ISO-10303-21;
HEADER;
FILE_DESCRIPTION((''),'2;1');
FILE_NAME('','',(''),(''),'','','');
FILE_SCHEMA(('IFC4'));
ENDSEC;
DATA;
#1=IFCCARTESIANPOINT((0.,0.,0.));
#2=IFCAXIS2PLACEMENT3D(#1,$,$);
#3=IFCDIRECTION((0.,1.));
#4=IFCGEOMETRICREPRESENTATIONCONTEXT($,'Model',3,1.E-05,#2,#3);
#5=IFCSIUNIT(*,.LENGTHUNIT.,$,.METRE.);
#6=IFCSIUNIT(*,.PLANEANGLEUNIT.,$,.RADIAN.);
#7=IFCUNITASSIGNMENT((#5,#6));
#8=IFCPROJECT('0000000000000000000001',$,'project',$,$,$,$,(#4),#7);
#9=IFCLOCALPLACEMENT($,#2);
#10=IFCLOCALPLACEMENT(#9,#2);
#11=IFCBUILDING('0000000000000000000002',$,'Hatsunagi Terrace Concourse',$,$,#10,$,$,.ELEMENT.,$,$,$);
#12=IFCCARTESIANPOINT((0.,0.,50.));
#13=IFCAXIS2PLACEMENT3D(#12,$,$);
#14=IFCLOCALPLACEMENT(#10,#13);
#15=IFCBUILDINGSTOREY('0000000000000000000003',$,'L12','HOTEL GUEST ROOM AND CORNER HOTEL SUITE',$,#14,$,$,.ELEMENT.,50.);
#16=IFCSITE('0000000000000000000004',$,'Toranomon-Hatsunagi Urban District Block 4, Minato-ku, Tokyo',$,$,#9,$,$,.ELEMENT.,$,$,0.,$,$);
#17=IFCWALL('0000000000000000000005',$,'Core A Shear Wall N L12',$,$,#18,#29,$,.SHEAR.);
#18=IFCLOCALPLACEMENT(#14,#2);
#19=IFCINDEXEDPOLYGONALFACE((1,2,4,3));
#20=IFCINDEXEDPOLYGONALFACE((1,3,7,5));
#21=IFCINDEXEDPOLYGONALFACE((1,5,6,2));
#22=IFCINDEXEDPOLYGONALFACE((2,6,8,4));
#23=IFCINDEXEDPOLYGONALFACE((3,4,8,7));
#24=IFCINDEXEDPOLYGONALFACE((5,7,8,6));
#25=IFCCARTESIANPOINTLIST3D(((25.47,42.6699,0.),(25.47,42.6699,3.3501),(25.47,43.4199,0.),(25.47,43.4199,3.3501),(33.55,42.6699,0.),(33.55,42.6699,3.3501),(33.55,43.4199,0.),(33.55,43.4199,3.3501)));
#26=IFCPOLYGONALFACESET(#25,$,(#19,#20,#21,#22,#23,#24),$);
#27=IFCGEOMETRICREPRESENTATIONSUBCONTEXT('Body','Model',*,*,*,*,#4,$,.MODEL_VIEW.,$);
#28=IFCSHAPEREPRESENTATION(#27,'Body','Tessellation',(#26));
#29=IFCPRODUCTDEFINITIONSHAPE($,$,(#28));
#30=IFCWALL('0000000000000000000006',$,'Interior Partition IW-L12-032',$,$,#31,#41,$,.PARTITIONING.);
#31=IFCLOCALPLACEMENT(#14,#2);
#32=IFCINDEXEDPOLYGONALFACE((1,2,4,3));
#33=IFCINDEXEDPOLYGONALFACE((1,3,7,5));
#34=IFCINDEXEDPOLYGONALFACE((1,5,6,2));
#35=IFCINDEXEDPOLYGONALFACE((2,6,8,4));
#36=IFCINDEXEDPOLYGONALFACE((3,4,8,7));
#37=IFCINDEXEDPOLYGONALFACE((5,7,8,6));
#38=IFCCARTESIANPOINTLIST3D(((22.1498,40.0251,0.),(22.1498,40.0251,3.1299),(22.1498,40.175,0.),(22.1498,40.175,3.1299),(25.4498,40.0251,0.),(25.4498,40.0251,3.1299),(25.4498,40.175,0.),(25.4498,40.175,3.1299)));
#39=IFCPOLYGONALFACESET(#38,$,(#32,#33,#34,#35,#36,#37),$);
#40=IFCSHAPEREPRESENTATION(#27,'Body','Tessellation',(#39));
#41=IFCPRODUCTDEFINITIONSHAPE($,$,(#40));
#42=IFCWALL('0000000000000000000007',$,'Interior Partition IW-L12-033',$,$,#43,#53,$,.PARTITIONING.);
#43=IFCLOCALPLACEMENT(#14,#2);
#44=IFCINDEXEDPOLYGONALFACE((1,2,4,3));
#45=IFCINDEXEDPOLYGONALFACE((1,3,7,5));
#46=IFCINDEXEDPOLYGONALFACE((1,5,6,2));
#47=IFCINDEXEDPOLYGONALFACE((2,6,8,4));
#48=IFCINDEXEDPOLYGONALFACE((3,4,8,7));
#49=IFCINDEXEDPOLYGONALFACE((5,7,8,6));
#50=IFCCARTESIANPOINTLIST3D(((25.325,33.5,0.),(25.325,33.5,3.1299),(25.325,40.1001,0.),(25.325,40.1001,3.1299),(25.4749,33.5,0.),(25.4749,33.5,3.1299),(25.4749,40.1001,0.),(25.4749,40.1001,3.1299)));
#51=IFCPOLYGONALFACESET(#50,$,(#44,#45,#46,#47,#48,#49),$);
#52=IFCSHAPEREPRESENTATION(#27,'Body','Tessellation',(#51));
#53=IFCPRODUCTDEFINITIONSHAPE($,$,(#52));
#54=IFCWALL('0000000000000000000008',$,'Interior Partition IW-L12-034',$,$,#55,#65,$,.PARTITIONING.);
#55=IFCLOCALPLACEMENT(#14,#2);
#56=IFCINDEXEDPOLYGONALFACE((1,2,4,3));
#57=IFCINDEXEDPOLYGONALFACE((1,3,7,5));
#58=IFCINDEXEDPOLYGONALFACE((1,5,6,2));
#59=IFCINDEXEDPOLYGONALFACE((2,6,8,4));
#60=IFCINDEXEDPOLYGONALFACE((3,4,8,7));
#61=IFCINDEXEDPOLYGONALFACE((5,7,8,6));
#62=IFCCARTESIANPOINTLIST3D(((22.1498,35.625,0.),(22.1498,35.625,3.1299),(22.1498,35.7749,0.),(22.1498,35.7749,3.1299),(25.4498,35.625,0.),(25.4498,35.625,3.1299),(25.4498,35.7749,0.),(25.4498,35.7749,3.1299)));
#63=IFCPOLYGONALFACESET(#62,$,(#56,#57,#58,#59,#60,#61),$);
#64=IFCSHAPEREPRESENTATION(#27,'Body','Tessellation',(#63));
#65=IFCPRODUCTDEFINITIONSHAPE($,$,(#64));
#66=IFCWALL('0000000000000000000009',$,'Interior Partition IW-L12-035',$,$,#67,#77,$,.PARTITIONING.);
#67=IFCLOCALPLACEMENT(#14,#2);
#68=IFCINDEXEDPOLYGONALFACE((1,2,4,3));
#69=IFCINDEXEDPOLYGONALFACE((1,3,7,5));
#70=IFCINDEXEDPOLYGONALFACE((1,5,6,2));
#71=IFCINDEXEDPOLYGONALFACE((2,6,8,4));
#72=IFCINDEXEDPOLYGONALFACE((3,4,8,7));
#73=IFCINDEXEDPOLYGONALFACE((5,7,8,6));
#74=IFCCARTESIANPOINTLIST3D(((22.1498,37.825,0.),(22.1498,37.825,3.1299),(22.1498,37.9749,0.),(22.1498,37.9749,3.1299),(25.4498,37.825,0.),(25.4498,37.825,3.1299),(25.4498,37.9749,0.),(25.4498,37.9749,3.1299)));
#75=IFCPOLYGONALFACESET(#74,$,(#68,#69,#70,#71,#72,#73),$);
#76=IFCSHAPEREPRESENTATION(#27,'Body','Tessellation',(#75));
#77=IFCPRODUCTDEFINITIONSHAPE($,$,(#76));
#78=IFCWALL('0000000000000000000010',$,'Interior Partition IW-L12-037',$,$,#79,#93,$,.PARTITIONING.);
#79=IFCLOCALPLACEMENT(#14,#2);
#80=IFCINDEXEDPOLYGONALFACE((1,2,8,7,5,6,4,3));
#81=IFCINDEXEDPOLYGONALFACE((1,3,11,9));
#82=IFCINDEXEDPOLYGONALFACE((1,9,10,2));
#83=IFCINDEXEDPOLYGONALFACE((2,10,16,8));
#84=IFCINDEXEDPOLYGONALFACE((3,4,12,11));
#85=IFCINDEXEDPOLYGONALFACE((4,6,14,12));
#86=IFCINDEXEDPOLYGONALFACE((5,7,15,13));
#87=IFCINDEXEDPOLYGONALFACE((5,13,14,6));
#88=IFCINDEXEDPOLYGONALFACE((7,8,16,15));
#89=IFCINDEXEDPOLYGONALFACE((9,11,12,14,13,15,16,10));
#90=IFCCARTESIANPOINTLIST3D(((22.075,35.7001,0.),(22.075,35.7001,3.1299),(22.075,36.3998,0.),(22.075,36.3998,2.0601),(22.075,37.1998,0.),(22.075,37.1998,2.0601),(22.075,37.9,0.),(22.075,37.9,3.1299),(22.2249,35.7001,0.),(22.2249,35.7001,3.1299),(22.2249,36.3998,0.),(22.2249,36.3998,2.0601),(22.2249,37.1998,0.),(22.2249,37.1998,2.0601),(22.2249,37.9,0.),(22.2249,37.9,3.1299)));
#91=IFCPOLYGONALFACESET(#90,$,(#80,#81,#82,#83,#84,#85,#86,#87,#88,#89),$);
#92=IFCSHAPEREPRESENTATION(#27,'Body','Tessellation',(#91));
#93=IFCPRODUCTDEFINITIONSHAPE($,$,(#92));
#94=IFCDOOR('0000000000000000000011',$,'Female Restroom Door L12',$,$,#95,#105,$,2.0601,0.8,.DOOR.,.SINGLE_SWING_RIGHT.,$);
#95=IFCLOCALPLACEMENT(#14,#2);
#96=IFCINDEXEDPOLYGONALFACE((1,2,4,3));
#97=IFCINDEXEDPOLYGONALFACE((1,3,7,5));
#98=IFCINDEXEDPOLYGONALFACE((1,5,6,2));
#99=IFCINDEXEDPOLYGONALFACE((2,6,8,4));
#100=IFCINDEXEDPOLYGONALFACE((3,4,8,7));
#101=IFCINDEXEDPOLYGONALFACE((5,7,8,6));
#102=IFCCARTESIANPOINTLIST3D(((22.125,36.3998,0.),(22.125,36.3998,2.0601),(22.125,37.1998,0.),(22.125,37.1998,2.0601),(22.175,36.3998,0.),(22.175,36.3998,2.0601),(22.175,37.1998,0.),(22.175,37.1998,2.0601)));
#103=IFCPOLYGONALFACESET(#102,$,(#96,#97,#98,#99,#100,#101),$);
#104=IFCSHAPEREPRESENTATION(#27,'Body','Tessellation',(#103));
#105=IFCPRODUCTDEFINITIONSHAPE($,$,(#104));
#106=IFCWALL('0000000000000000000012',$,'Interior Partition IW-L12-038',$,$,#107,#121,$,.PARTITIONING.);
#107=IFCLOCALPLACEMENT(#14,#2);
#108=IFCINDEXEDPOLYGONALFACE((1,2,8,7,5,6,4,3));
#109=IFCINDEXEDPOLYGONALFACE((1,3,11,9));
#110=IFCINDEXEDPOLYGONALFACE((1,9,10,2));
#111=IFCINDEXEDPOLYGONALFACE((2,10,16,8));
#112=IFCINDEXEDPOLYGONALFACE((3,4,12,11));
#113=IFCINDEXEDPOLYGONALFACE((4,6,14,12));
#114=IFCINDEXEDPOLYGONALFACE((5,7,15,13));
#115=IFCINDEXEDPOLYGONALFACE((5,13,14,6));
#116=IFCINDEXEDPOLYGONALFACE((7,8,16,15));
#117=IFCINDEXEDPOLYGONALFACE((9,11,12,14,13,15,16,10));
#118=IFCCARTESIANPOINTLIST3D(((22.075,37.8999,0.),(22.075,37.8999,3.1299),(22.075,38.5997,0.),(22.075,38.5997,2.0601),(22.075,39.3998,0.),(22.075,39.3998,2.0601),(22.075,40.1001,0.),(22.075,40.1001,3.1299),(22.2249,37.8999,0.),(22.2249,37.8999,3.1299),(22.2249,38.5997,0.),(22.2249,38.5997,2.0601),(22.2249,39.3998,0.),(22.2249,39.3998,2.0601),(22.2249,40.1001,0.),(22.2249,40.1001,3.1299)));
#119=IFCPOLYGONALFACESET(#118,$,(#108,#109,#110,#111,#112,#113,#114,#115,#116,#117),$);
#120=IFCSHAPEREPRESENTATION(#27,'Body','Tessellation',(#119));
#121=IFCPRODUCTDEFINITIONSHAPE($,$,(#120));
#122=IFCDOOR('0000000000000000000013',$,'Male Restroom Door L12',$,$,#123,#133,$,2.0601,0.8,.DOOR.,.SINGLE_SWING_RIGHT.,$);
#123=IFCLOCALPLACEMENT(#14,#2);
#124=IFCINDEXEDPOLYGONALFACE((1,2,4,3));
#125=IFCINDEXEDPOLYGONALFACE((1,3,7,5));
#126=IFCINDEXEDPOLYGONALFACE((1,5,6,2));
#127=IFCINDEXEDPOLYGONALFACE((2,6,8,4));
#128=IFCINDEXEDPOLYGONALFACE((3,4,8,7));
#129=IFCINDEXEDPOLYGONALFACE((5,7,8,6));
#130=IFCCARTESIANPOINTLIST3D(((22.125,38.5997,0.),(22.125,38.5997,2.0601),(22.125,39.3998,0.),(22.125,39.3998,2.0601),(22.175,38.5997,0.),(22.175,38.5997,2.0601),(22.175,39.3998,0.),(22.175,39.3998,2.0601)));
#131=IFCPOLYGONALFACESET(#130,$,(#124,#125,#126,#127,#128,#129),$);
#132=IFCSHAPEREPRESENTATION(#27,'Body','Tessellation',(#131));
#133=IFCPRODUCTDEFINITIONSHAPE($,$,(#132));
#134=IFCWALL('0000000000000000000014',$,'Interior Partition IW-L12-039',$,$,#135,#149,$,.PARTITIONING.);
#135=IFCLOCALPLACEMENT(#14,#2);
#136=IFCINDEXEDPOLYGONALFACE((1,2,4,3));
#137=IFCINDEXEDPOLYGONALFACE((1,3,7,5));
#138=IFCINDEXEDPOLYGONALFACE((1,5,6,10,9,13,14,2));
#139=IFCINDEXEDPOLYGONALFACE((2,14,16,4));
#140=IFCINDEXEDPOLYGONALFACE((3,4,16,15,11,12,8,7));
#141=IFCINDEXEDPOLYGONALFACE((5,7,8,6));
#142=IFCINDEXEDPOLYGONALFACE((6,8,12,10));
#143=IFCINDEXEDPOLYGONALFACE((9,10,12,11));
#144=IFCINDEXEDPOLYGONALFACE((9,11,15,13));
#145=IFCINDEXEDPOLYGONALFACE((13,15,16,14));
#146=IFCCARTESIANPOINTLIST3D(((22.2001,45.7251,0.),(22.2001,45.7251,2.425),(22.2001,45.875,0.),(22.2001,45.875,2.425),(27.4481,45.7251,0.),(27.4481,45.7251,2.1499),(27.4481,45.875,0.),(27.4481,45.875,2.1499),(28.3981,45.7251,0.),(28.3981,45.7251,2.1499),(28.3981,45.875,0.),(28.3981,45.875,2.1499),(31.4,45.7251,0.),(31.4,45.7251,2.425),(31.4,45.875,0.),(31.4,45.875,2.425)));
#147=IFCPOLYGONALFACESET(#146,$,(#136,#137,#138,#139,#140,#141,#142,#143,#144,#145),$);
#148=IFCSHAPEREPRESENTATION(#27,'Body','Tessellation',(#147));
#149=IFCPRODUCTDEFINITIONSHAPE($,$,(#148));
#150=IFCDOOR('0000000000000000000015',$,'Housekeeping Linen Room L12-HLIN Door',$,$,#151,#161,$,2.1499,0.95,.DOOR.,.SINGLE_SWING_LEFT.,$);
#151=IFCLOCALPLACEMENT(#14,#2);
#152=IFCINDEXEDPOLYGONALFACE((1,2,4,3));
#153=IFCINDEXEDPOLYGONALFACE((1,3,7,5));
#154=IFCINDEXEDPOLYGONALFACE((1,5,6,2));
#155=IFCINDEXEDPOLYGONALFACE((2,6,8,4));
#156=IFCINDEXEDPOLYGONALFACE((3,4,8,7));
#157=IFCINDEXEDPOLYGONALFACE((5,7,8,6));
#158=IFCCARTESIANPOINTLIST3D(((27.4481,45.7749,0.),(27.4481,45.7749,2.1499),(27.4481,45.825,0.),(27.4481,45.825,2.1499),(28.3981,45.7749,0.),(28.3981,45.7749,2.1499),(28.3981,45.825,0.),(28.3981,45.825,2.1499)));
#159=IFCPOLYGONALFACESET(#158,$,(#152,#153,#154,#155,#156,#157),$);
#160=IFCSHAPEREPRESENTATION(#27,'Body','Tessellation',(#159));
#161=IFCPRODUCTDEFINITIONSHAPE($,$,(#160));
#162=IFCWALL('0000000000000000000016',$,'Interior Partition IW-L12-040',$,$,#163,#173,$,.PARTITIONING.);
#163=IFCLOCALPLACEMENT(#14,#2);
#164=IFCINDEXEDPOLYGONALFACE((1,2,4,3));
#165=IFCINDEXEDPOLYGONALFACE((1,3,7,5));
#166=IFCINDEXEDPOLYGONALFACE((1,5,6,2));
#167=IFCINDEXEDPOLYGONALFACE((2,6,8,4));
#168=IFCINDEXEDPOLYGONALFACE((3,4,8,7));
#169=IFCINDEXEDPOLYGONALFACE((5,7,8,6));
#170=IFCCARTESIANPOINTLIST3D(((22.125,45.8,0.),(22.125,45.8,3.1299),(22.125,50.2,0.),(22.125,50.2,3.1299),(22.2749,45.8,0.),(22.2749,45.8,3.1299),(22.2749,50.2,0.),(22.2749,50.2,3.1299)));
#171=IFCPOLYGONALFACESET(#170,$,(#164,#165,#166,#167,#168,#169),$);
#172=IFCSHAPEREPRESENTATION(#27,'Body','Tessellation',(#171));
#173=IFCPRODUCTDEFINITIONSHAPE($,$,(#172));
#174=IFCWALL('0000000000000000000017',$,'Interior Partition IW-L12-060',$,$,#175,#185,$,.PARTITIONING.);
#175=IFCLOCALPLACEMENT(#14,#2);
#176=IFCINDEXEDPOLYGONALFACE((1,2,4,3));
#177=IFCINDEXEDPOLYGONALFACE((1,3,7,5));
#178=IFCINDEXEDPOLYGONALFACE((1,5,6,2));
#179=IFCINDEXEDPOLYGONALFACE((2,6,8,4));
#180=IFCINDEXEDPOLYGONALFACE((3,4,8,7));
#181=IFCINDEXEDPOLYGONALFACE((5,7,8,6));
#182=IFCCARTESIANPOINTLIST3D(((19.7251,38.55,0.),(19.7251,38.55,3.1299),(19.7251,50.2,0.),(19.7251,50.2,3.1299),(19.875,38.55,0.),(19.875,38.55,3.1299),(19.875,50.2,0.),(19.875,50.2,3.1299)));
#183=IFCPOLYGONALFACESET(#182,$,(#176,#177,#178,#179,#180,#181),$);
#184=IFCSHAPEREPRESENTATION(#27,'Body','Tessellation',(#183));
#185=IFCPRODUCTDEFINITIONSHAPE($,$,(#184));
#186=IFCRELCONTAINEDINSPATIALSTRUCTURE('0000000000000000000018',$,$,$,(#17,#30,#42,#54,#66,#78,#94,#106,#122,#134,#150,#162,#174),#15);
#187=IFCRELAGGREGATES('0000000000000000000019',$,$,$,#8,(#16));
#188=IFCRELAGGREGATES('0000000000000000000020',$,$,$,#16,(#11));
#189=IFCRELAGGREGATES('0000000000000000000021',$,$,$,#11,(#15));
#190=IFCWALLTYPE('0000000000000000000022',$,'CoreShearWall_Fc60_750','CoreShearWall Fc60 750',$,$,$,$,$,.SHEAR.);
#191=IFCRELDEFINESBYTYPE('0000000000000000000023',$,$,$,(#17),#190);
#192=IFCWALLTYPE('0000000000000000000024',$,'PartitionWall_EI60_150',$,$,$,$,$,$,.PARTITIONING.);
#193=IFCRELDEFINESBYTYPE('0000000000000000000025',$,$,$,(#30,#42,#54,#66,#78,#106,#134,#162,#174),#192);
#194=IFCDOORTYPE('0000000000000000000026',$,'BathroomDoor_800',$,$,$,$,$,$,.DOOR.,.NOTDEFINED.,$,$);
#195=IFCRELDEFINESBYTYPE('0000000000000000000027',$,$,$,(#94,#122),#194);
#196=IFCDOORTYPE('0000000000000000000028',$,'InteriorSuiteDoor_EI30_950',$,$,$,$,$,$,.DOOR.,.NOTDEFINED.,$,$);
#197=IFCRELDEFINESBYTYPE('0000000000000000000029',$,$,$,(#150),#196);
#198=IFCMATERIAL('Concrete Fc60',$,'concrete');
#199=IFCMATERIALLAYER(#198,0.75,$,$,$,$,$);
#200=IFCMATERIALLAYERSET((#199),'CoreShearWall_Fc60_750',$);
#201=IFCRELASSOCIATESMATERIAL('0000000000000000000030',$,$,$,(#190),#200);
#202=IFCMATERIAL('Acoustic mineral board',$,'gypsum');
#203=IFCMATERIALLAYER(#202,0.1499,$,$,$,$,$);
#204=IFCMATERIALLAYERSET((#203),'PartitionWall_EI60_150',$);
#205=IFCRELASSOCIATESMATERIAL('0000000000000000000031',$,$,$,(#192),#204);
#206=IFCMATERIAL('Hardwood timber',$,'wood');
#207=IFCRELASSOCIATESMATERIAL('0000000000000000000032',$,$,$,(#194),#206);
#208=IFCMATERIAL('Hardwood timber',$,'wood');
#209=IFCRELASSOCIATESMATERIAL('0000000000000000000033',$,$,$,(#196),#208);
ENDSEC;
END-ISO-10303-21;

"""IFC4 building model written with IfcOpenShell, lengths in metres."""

from ifc_helpers import new_model, si_unit, direction, frame, frame_2d, origin, place, context, subcontext, project, spatial, rectangle, extrude, material, layer, layer_set, type_object, element, fill, save


model = new_model("IFC4")

# Units and contexts
model_context = context("Model", 3, precision=1e-05, world=origin(), true_north=direction((0.0, 1.0)))
body_context = subcontext(model_context, "Body", "Model", "MODEL_VIEW")
ifc_project = project(units=[si_unit("LENGTHUNIT", "METRE"), si_unit("PLANEANGLEUNIT", "RADIAN")], contexts=[model_context])

# Site, building, storey
site_placement = place(None, origin())
site = spatial("IfcSite", under=ifc_project, at=site_placement, Name="Toranomon-Hatsunagi Urban District Block 4, Minato-ku, Tokyo", CompositionType="ELEMENT", RefElevation=0.0)
building_placement = place(site_placement, origin())
building = spatial("IfcBuilding", under=site, at=building_placement, Name="Hatsunagi Terrace Concourse", CompositionType="ELEMENT")
storey_placement = place(building_placement, frame((0.0, 0.0, 50.0)))
storey = spatial("IfcBuildingStorey", under=building, at=storey_placement, Name="L12", Description="HOTEL GUEST ROOM AND CORNER HOTEL SUITE", CompositionType="ELEMENT", Elevation=50.0)

# Walls
ifc_material_1 = material(Name="Concrete Fc60", Category="concrete")
ifc_layer_1 = layer(ifc_material_1, 0.75)
ifc_layer_set_1 = layer_set([ifc_layer_1], Name="CoreShearWall_Fc60_750")
wall_type_1 = type_object("IfcWallType", Name="CoreShearWall_Fc60_750", Description="CoreShearWall Fc60 750", PredefinedType="SHEAR", material=ifc_layer_set_1)
wall_1_placement = place(storey_placement, frame((25.47, 43.0449, 0.0), z_axis=(0.0, 0.0, 1.0), x_axis=(1.0, 0.0, 0.0)))
element("IfcWall", 1, at=wall_1_placement, inside=storey, type_object=wall_type_1, Name="Core A Shear Wall N L12", PredefinedType="SHEAR", context=body_context, shape_type="SweptSolid", body=[
    extrude(rectangle(XDim=8.0801, YDim=0.75, at=frame_2d((4.04, 0.0))), origin(), (0.0, 0.0, 1.0), 3.3501),
])
ifc_material_2 = material(Name="Acoustic mineral board", Category="gypsum")
ifc_layer_2 = layer(ifc_material_2, 0.1499)
ifc_layer_set_2 = layer_set([ifc_layer_2], Name="PartitionWall_EI60_150")
wall_type_2 = type_object("IfcWallType", Name="PartitionWall_EI60_150", PredefinedType="PARTITIONING", material=ifc_layer_set_2)
wall_2_placement = place(storey_placement, frame((22.1499, 40.1001, 0.0), z_axis=(0.0, 0.0, 1.0), x_axis=(1.0, 0.0, 0.0)))
element("IfcWall", 2, at=wall_2_placement, inside=storey, type_object=wall_type_2, Name="Interior Partition IW-L12-032", PredefinedType="PARTITIONING", context=body_context, shape_type="SweptSolid", body=[
    extrude(rectangle(XDim=3.3, YDim=0.1499, at=frame_2d((1.6499, 0.0))), origin(), (0.0, 0.0, 1.0), 3.1299),
])
wall_3_placement = place(storey_placement, frame((25.3999, 33.5, 0.0), z_axis=(0.0, 0.0, 1.0), x_axis=(0.0, 1.0, 0.0)))
element("IfcWall", 3, at=wall_3_placement, inside=storey, type_object=wall_type_2, Name="Interior Partition IW-L12-033", PredefinedType="PARTITIONING", context=body_context, shape_type="SweptSolid", body=[
    extrude(rectangle(XDim=6.6001, YDim=0.1499, at=frame_2d((3.3, 0.0))), origin(), (0.0, 0.0, 1.0), 3.1299),
])
for number, where, z_axis, x_axis, name in (
    (4, (22.1499, 35.7, 0.0), (0.0, 0.0, 1.0), (1.0, 0.0, 0.0), "Interior Partition IW-L12-034"),
    (5, (22.1499, 37.8999, 0.0), (0.0, 0.0, 1.0), (1.0, 0.0, 0.0), "Interior Partition IW-L12-035"),
):
    element("IfcWall", number, at=place(storey_placement, frame(where, z_axis=z_axis, x_axis=x_axis)), inside=storey, type_object=wall_type_2, Name=name, PredefinedType="PARTITIONING", context=body_context, shape_type="SweptSolid", body=[
        extrude(rectangle(XDim=3.3, YDim=0.1499, at=frame_2d((1.6499, 0.0))), origin(), (0.0, 0.0, 1.0), 3.1299),
    ])

# Walls, openings, doors
wall_4_placement = place(storey_placement, frame((22.1499, 35.7, 0.0), z_axis=(0.0, 0.0, 1.0), x_axis=(0.0, 1.0, 0.0)))
wall_4 = element("IfcWall", 6, at=wall_4_placement, inside=storey, type_object=wall_type_2, Name="Interior Partition IW-L12-037", PredefinedType="PARTITIONING", context=body_context, shape_type="SweptSolid", body=[
    extrude(rectangle(XDim=2.2, YDim=0.1499, at=frame_2d((1.1001, 0.0))), origin(), (0.0, 0.0, 1.0), 3.1299),
])
opening_1_placement = place(wall_4_placement, frame((0.7, 0.0, 0.0)))
opening_1 = element("IfcOpeningElement", 7, at=opening_1_placement, cuts=wall_4, PredefinedType="OPENING", context=body_context, shape_type="SweptSolid", body=[
    extrude(rectangle(XDim=0.8, YDim=2.0601, at=frame_2d((0.3999, 1.03))), frame((0.0, 0.085, 0.0), z_axis=(0.0, -1.0, 0.0), x_axis=(1.0, 0.0, 0.0)), (0.0, 0.0, 1.0), 0.1699),
])
ifc_material_3 = material(Name="Hardwood timber", Category="wood")
door_type_1 = type_object("IfcDoorType", Name="BathroomDoor_800", OperationType="NOTDEFINED", PredefinedType="DOOR", material=ifc_material_3)
door_1_placement = place(opening_1_placement, origin())
door_1 = element("IfcDoor", 8, at=door_1_placement, inside=storey, type_object=door_type_1, Name="Female Restroom Door L12", OperationType="SINGLE_SWING_RIGHT", OverallHeight=2.0601, OverallWidth=0.8, PredefinedType="DOOR", context=body_context, shape_type="SweptSolid", body=[
    extrude(rectangle(XDim=0.8, YDim=2.0601, at=frame_2d((0.3999, 1.03))), frame((0.0, 0.0249, 0.0), z_axis=(0.0, -1.0, 0.0), x_axis=(1.0, 0.0, 0.0)), (0.0, 0.0, 1.0), 0.05),
])
fill(opening_1, door_1)
wall_5_placement = place(storey_placement, frame((22.1499, 37.8999, 0.0), z_axis=(0.0, 0.0, 1.0), x_axis=(0.0, 1.0, 0.0)))
wall_5 = element("IfcWall", 9, at=wall_5_placement, inside=storey, type_object=wall_type_2, Name="Interior Partition IW-L12-038", PredefinedType="PARTITIONING", context=body_context, shape_type="SweptSolid", body=[
    extrude(rectangle(XDim=2.2002, YDim=0.1499, at=frame_2d((1.1001, 0.0))), origin(), (0.0, 0.0, 1.0), 3.1299),
])
opening_2_placement = place(wall_5_placement, frame((0.7, 0.0, 0.0)))
opening_2 = element("IfcOpeningElement", 10, at=opening_2_placement, cuts=wall_5, PredefinedType="OPENING", context=body_context, shape_type="SweptSolid", body=[
    extrude(rectangle(XDim=0.8, YDim=2.0601, at=frame_2d((0.3999, 1.03))), frame((0.0, 0.085, 0.0), z_axis=(0.0, -1.0, 0.0), x_axis=(1.0, 0.0, 0.0)), (0.0, 0.0, 1.0), 0.1699),
])
door_2_placement = place(opening_2_placement, origin())
door_2 = element("IfcDoor", 11, at=door_2_placement, inside=storey, type_object=door_type_1, Name="Male Restroom Door L12", OperationType="SINGLE_SWING_RIGHT", OverallHeight=2.0601, OverallWidth=0.8, PredefinedType="DOOR", context=body_context, shape_type="SweptSolid", body=[
    extrude(rectangle(XDim=0.8, YDim=2.0601, at=frame_2d((0.3999, 1.03))), frame((0.0, 0.0249, 0.0), z_axis=(0.0, -1.0, 0.0), x_axis=(1.0, 0.0, 0.0)), (0.0, 0.0, 1.0), 0.05),
])
fill(opening_2, door_2)
wall_6_placement = place(storey_placement, frame((22.2, 45.8, 0.0), z_axis=(0.0, 0.0, 1.0), x_axis=(1.0, 0.0, 0.0)))
wall_6 = element("IfcWall", 12, at=wall_6_placement, inside=storey, type_object=wall_type_2, Name="Interior Partition IW-L12-039", PredefinedType="PARTITIONING", context=body_context, shape_type="SweptSolid", body=[
    extrude(rectangle(XDim=9.2, YDim=0.1499, at=frame_2d((4.6001, 0.0))), origin(), (0.0, 0.0, 1.0), 2.425),
])
opening_3_placement = place(wall_6_placement, frame((5.248, 0.0, 0.0)))
opening_3 = element("IfcOpeningElement", 13, at=opening_3_placement, cuts=wall_6, PredefinedType="OPENING", context=body_context, shape_type="SweptSolid", body=[
    extrude(rectangle(XDim=0.95, YDim=2.1499, at=frame_2d((0.4751, 1.075))), frame((0.0, 0.085, 0.0), z_axis=(0.0, -1.0, 0.0), x_axis=(1.0, 0.0, 0.0)), (0.0, 0.0, 1.0), 0.1699),
])
ifc_material_4 = material(Name="Hardwood timber", Category="wood")
door_type_2 = type_object("IfcDoorType", Name="InteriorSuiteDoor_EI30_950", OperationType="NOTDEFINED", PredefinedType="DOOR", material=ifc_material_4)
door_3_placement = place(opening_3_placement, origin())
door_3 = element("IfcDoor", 14, at=door_3_placement, inside=storey, type_object=door_type_2, Name="Housekeeping Linen Room L12-HLIN Door", OperationType="SINGLE_SWING_LEFT", OverallHeight=2.1499, OverallWidth=0.95, PredefinedType="DOOR", context=body_context, shape_type="SweptSolid", body=[
    extrude(rectangle(XDim=0.95, YDim=2.1499, at=frame_2d((0.4751, 1.075))), frame((0.0, 0.0249, 0.0), z_axis=(0.0, -1.0, 0.0), x_axis=(1.0, 0.0, 0.0)), (0.0, 0.0, 1.0), 0.05),
])
fill(opening_3, door_3)

# Walls
wall_7_placement = place(storey_placement, frame((22.2, 45.8, 0.0), z_axis=(0.0, 0.0, 1.0), x_axis=(0.0, 1.0, 0.0)))
element("IfcWall", 15, at=wall_7_placement, inside=storey, type_object=wall_type_2, Name="Interior Partition IW-L12-040", PredefinedType="PARTITIONING", context=body_context, shape_type="SweptSolid", body=[
    extrude(rectangle(XDim=4.3999, YDim=0.1499, at=frame_2d((2.2, 0.0))), origin(), (0.0, 0.0, 1.0), 3.1299),
])
wall_8_placement = place(storey_placement, frame((19.8, 38.55, 0.0), z_axis=(0.0, 0.0, 1.0), x_axis=(0.0, 1.0, 0.0)))
element("IfcWall", 16, at=wall_8_placement, inside=storey, type_object=wall_type_2, Name="Interior Partition IW-L12-060", PredefinedType="PARTITIONING", context=body_context, shape_type="SweptSolid", body=[
    extrude(rectangle(XDim=11.6499, YDim=0.1499, at=frame_2d((5.825, 0.0))), origin(), (0.0, 0.0, 1.0), 3.1299),
])

save(model, "model.ifc")
